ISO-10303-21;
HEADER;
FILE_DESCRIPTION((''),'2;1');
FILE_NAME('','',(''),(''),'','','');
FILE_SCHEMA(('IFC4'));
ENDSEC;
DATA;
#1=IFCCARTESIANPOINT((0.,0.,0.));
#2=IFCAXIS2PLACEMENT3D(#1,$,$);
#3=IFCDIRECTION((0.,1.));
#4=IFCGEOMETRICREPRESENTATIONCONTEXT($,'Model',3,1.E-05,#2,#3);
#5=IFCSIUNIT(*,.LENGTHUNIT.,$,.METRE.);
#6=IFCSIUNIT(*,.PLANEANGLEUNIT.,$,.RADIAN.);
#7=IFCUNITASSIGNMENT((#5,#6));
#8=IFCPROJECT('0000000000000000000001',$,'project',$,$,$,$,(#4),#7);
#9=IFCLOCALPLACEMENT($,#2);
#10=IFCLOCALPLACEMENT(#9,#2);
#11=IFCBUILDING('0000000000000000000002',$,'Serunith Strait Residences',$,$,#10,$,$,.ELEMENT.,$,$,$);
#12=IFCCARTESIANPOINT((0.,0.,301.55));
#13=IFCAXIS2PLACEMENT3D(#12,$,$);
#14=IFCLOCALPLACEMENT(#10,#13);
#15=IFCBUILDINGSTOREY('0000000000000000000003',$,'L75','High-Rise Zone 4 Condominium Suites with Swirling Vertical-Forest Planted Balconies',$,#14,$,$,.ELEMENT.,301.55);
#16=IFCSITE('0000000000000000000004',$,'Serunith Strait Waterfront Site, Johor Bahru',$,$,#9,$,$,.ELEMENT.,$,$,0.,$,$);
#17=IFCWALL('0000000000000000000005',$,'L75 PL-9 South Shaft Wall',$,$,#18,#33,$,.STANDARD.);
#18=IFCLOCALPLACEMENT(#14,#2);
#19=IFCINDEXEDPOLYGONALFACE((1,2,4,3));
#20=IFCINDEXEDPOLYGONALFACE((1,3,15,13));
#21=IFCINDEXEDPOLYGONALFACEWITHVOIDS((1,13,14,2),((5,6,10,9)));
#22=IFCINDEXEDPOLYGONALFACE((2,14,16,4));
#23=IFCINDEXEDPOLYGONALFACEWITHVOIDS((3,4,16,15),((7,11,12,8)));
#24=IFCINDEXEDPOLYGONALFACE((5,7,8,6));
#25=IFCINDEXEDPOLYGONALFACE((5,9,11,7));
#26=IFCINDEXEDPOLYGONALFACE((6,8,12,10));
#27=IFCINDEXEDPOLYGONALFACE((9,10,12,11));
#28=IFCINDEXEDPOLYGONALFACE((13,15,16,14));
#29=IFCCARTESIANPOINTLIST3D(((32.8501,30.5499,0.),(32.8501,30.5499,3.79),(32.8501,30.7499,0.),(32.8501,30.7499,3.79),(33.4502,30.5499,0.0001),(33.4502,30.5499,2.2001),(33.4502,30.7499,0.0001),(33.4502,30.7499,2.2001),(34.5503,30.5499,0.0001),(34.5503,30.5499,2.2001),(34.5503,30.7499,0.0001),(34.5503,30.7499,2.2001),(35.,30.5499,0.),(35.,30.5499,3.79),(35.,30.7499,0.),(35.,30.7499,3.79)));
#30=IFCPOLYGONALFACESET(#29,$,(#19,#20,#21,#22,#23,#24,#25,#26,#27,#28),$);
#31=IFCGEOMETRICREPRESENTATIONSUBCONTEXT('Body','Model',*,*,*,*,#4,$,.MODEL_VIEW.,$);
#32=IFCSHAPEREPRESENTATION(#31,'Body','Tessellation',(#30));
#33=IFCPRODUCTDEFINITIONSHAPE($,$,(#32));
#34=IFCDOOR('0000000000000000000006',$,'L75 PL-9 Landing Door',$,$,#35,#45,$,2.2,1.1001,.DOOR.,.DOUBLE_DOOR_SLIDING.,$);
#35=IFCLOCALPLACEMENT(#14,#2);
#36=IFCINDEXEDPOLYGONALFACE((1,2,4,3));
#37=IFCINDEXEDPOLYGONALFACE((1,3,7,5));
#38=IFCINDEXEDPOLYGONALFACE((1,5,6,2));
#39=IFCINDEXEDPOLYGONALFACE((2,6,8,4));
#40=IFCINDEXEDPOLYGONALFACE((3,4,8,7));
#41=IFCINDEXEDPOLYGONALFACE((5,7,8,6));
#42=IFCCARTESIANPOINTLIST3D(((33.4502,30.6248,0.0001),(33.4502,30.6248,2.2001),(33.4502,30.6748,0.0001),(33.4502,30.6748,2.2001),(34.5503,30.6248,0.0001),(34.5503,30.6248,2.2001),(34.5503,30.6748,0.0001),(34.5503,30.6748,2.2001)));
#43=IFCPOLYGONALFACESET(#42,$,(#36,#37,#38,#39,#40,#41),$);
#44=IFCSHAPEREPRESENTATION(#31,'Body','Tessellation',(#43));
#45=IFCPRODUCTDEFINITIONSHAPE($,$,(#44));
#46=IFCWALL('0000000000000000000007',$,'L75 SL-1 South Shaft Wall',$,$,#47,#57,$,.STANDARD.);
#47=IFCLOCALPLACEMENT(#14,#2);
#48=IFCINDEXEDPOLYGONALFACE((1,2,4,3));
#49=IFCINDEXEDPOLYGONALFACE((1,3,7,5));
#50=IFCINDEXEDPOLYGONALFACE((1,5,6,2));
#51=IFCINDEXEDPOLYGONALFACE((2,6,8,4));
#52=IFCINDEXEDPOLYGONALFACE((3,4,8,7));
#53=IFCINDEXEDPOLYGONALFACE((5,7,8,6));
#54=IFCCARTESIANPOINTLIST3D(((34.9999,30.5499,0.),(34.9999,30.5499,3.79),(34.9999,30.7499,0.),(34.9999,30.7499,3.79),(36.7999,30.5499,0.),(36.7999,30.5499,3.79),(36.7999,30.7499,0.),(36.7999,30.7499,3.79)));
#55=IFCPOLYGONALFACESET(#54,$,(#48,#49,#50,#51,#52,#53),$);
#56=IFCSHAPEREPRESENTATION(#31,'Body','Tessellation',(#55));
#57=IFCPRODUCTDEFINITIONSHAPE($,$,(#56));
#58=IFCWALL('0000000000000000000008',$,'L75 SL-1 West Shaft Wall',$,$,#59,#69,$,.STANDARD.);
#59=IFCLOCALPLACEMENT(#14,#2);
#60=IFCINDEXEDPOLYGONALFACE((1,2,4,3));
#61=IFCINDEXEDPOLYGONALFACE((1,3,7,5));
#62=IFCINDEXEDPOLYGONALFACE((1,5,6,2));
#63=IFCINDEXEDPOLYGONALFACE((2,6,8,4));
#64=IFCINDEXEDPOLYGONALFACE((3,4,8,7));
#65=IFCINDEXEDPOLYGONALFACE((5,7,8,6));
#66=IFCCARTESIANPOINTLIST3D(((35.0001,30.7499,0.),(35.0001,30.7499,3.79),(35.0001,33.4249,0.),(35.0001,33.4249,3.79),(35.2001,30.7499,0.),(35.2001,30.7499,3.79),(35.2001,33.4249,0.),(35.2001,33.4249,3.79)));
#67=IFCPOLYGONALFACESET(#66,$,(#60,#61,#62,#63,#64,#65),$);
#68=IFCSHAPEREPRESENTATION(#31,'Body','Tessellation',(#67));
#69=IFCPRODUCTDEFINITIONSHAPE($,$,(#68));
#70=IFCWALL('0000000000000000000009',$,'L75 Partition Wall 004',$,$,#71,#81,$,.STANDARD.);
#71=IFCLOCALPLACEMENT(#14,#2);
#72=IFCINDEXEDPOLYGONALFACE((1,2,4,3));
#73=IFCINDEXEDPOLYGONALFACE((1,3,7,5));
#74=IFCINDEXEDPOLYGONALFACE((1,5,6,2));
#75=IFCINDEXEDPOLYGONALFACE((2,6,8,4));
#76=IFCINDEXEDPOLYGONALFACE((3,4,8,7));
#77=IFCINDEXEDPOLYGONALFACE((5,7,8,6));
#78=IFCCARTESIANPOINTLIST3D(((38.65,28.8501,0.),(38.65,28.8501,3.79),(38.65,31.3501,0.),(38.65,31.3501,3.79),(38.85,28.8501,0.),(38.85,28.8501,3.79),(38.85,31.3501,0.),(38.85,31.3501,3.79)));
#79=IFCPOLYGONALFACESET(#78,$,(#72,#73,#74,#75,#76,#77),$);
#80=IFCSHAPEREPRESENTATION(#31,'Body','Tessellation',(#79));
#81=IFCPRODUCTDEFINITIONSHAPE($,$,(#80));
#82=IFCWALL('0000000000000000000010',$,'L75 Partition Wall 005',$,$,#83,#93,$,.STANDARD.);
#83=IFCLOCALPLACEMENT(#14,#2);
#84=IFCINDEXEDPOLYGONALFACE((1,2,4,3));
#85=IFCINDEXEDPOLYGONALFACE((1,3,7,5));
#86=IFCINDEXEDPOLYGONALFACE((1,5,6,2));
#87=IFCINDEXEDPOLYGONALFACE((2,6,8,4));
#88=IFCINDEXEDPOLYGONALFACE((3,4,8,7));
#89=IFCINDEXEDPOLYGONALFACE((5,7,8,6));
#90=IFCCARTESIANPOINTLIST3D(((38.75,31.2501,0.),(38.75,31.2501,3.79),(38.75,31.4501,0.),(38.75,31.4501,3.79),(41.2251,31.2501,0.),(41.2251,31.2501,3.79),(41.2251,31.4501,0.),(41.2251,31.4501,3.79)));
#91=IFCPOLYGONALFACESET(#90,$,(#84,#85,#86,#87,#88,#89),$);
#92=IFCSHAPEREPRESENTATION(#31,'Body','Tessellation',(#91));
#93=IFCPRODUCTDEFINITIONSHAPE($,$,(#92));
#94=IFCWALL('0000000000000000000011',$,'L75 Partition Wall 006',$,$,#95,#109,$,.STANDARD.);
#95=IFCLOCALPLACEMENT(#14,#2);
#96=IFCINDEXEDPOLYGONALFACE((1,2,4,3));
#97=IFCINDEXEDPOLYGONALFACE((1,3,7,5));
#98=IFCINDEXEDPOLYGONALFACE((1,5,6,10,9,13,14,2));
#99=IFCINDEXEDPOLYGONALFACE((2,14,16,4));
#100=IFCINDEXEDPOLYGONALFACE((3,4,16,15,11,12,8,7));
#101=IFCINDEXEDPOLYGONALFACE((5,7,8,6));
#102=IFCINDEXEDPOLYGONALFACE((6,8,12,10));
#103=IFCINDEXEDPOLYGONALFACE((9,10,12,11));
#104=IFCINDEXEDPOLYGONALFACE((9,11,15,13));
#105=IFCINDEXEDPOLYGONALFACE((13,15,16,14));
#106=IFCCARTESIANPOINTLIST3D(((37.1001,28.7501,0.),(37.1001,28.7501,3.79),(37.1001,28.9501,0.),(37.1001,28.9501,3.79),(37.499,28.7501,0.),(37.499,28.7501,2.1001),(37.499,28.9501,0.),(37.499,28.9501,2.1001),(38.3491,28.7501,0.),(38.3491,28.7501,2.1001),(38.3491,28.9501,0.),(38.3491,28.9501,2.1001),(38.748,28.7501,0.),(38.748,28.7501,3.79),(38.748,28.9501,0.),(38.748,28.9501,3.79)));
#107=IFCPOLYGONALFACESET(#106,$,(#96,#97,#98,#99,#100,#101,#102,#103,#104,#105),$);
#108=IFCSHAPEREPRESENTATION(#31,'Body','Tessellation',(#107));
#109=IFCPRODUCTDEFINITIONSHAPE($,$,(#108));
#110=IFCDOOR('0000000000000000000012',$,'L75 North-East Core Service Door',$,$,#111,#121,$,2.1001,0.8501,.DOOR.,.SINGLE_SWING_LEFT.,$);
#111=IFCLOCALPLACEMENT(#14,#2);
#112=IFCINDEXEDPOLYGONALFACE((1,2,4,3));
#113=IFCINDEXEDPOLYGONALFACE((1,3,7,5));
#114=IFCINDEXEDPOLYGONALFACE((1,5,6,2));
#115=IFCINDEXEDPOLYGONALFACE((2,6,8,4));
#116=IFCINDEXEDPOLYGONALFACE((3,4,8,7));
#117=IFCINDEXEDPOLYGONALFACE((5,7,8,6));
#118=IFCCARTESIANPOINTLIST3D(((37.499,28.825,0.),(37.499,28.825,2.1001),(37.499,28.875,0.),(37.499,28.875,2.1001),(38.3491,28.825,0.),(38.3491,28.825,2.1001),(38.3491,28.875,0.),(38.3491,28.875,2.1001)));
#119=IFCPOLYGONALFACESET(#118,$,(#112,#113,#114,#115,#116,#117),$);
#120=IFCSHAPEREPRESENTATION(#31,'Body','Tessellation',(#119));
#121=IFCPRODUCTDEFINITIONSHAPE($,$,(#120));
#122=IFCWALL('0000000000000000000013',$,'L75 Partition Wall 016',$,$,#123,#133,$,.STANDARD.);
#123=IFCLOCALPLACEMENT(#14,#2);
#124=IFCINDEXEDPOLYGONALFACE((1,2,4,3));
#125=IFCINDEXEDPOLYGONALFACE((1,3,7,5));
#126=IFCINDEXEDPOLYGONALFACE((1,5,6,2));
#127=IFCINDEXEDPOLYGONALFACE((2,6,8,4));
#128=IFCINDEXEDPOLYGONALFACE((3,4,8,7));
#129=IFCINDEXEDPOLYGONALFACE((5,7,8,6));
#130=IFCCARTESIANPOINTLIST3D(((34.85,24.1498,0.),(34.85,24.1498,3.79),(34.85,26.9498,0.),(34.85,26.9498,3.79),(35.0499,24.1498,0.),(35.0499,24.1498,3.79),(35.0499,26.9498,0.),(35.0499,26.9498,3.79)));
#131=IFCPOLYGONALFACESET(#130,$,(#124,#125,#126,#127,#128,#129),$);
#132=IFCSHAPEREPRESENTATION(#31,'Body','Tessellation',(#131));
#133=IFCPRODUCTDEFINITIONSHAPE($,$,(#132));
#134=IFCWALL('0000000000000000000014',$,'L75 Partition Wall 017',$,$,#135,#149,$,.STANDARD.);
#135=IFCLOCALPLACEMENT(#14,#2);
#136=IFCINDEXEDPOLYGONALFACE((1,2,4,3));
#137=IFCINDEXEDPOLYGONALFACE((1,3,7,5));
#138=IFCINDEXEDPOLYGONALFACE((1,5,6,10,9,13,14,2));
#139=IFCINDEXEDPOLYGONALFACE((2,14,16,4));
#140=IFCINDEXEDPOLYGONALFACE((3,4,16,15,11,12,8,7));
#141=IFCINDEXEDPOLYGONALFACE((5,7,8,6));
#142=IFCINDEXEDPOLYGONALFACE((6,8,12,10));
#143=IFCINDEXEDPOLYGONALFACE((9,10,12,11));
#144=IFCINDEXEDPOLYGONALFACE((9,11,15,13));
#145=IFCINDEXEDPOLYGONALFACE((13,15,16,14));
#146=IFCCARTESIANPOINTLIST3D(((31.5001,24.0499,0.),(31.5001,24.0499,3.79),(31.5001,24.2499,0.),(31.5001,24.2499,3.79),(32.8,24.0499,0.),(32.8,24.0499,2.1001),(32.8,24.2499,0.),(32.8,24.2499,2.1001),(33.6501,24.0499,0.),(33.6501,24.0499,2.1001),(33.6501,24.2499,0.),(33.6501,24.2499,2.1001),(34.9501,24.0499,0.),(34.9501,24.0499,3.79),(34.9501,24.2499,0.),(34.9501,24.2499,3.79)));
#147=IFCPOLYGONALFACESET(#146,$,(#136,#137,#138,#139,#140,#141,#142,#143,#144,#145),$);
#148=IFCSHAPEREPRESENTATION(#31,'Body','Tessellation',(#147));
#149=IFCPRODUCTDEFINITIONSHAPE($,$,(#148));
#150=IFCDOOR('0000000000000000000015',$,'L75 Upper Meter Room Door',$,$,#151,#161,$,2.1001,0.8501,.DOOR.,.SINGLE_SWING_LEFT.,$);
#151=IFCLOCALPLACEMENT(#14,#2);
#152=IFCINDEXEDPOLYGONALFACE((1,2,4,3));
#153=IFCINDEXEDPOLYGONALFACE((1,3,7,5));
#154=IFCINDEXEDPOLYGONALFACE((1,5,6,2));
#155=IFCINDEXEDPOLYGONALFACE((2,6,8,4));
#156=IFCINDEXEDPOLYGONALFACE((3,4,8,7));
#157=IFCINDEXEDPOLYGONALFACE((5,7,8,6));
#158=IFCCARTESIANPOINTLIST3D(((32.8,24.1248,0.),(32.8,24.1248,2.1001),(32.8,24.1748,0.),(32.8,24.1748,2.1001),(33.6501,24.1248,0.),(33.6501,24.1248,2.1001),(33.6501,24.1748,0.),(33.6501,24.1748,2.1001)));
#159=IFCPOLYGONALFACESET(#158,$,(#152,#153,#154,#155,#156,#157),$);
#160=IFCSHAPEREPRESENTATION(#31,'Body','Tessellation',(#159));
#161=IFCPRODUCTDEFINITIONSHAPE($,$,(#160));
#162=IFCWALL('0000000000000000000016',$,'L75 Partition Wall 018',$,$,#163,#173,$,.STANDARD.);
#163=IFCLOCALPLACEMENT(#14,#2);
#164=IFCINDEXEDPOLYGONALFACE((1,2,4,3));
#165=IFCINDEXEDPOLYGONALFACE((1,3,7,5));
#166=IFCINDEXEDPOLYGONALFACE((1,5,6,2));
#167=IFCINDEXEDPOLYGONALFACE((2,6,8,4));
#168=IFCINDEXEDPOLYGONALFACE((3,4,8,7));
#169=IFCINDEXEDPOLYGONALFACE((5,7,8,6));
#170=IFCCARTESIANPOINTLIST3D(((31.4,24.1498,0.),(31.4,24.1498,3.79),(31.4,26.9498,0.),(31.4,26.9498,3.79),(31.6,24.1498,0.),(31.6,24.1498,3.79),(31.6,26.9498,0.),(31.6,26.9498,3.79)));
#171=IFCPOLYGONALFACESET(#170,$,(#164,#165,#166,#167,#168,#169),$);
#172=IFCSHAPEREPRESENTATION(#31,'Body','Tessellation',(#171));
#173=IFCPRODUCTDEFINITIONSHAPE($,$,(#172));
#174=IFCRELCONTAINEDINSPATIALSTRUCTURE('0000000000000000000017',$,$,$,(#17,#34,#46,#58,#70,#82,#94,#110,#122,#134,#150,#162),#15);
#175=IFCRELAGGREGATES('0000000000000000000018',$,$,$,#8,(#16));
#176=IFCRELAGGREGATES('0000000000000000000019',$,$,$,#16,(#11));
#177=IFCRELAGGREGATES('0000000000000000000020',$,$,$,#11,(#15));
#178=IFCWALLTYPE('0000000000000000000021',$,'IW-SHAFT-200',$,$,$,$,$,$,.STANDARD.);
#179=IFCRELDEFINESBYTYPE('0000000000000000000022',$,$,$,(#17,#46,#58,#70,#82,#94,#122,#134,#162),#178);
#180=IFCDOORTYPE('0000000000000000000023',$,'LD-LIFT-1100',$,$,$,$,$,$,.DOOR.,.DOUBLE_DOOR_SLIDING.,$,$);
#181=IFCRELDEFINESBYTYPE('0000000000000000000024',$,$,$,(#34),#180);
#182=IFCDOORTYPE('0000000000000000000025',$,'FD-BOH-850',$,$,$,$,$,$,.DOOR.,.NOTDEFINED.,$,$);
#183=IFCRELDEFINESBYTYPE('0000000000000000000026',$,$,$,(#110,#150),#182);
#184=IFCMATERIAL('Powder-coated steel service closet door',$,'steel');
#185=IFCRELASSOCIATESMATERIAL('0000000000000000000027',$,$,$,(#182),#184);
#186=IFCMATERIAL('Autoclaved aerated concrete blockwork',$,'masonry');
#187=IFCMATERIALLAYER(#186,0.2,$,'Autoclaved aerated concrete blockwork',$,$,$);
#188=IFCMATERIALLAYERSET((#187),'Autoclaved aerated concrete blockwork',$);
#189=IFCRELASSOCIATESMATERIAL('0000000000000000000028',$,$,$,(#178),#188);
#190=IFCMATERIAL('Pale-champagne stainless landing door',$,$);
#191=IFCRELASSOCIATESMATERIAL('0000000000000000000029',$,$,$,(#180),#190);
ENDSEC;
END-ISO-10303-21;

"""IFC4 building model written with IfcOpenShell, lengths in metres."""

from ifc_helpers import new_model, si_unit, direction, frame, frame_2d, origin, place, context, subcontext, project, spatial, rectangle, extrude, source, transform, mapped, material, layer, layer_set, type_object, element, fill, save


model = new_model("IFC4")

# Units and contexts
model_context = context("Model", 3, precision=1e-05, world=origin(), true_north=direction((0.0, 1.0)))
body_context = subcontext(model_context, "Body", "Model", "MODEL_VIEW")
ifc_project = project(units=[si_unit("LENGTHUNIT", "METRE"), si_unit("PLANEANGLEUNIT", "RADIAN")], contexts=[model_context])

# Site, building, storey
site_placement = place(None, origin())
site = spatial("IfcSite", under=ifc_project, at=site_placement, Name="Serunith Strait Waterfront Site, Johor Bahru", CompositionType="ELEMENT", RefElevation=0.0)
building_placement = place(site_placement, origin())
building = spatial("IfcBuilding", under=site, at=building_placement, Name="Serunith Strait Residences", CompositionType="ELEMENT")
storey_placement = place(building_placement, frame((0.0, 0.0, 301.55)))
storey = spatial("IfcBuildingStorey", under=building, at=storey_placement, Name="L75", Description="High-Rise Zone 4 Condominium Suites with Swirling Vertical-Forest Planted Balconies", CompositionType="ELEMENT", Elevation=301.55)

# Wall, opening, door
ifc_material_1 = material(Name="Powder-coated steel service closet door", Category="steel")
door_type_1 = type_object("IfcDoorType", Name="FD-BOH-850", OperationType="NOTDEFINED", PredefinedType="DOOR", material=ifc_material_1)
shared_shape_1 = source(origin(), body_context, "Body", "SweptSolid", [
    extrude(rectangle(XDim=0.8501, YDim=2.1001, at=frame_2d((0.425, 1.05))), frame((0.0, 0.0249, 0.0), z_axis=(0.0, -1.0, 0.0), x_axis=(1.0, 0.0, 0.0)), (0.0, 0.0, 1.0), 0.05),
])
ifc_material_2 = material(Name="Autoclaved aerated concrete blockwork", Category="masonry")
ifc_layer_1 = layer(ifc_material_2, 0.2, Name="Autoclaved aerated concrete blockwork")
ifc_layer_set_1 = layer_set([ifc_layer_1], Name="Autoclaved aerated concrete blockwork")
wall_type_1 = type_object("IfcWallType", Name="IW-SHAFT-200", PredefinedType="STANDARD", material=ifc_layer_set_1)
wall_1_placement = place(storey_placement, frame((32.8501, 30.6499, 0.0), z_axis=(0.0, 0.0, 1.0), x_axis=(1.0, 0.0, 0.0)))
wall_1 = element("IfcWall", 1, at=wall_1_placement, inside=storey, type_object=wall_type_1, Name="L75 PL-9 South Shaft Wall", PredefinedType="STANDARD", context=body_context, shape_type="SweptSolid", body=[
    extrude(rectangle(XDim=2.1499, YDim=0.2, at=frame_2d((1.075, 0.0))), origin(), (0.0, 0.0, 1.0), 3.79),
])
opening_1_placement = place(wall_1_placement, frame((0.6001, 0.0, 0.0)))
opening_1 = element("IfcOpeningElement", 2, at=opening_1_placement, cuts=wall_1, PredefinedType="OPENING", context=body_context, shape_type="SweptSolid", body=[
    extrude(rectangle(XDim=1.1001, YDim=2.2, at=frame_2d((0.55, 1.1001))), frame((0.0, 0.1099, 0.0), z_axis=(0.0, -1.0, 0.0), x_axis=(1.0, 0.0, 0.0)), (0.0, 0.0, 1.0), 0.22),
])
ifc_material_3 = material(Name="Pale-champagne stainless landing door")
door_type_2 = type_object("IfcDoorType", Name="LD-LIFT-1100", OperationType="DOUBLE_DOOR_SLIDING", PredefinedType="DOOR", material=ifc_material_3)
shared_shape_2 = source(origin(), body_context, "Body", "SweptSolid", [
    extrude(rectangle(XDim=1.1001, YDim=2.2, at=frame_2d((0.55, 1.1001))), frame((0.0, 0.0249, 0.0), z_axis=(0.0, -1.0, 0.0), x_axis=(1.0, 0.0, 0.0)), (0.0, 0.0, 1.0), 0.05),
])
door_1_placement = place(opening_1_placement, origin())
door_1 = element("IfcDoor", 3, at=door_1_placement, inside=storey, type_object=door_type_2, Name="L75 PL-9 Landing Door", OperationType="DOUBLE_DOOR_SLIDING", OverallHeight=2.2, OverallWidth=1.1001, PredefinedType="DOOR", context=body_context, shape_type="MappedRepresentation", body=[
    mapped(shared_shape_2, transform((0.0, 0.0, 0.0), scale=1.0)),
])
fill(opening_1, door_1)

# Walls
wall_2_placement = place(storey_placement, frame((35.0, 30.6499, 0.0), z_axis=(0.0, 0.0, 1.0), x_axis=(1.0, 0.0, 0.0)))
element("IfcWall", 4, at=wall_2_placement, inside=storey, type_object=wall_type_1, Name="L75 SL-1 South Shaft Wall", PredefinedType="STANDARD", context=body_context, shape_type="SweptSolid", body=[
    extrude(rectangle(XDim=1.8, YDim=0.2, at=frame_2d((0.8999, 0.0))), origin(), (0.0, 0.0, 1.0), 3.79),
])
wall_3_placement = place(storey_placement, frame((35.1001, 30.75, 0.0), z_axis=(0.0, 0.0, 1.0), x_axis=(0.0, 1.0, 0.0)))
element("IfcWall", 5, at=wall_3_placement, inside=storey, type_object=wall_type_1, Name="L75 SL-1 West Shaft Wall", PredefinedType="STANDARD", context=body_context, shape_type="SweptSolid", body=[
    extrude(rectangle(XDim=2.675, YDim=0.2, at=frame_2d((1.3374, 0.0))), origin(), (0.0, 0.0, 1.0), 3.79),
])
wall_4_placement = place(storey_placement, frame((38.75, 28.8501, 0.0), z_axis=(0.0, 0.0, 1.0), x_axis=(0.0, 1.0, 0.0)))
element("IfcWall", 6, at=wall_4_placement, inside=storey, type_object=wall_type_1, Name="L75 Partition Wall 004", PredefinedType="STANDARD", context=body_context, shape_type="SweptSolid", body=[
    extrude(rectangle(XDim=2.5, YDim=0.2, at=frame_2d((1.25, 0.0))), origin(), (0.0, 0.0, 1.0), 3.79),
])
wall_5_placement = place(storey_placement, frame((38.75, 31.3501, 0.0), z_axis=(0.0, 0.0, 1.0), x_axis=(1.0, 0.0, 0.0)))
element("IfcWall", 7, at=wall_5_placement, inside=storey, type_object=wall_type_1, Name="L75 Partition Wall 005", PredefinedType="STANDARD", context=body_context, shape_type="SweptSolid", body=[
    extrude(rectangle(XDim=2.4751, YDim=0.2, at=frame_2d((1.2375, 0.0))), origin(), (0.0, 0.0, 1.0), 3.79),
])

# Wall, opening, door
wall_6_placement = place(storey_placement, frame((37.1001, 28.8501, 0.0), z_axis=(0.0, 0.0, 1.0), x_axis=(1.0, 0.0, 0.0)))
wall_6 = element("IfcWall", 8, at=wall_6_placement, inside=storey, type_object=wall_type_1, Name="L75 Partition Wall 006", PredefinedType="STANDARD", context=body_context, shape_type="SweptSolid", body=[
    extrude(rectangle(XDim=1.6479, YDim=0.2, at=frame_2d((0.824, 0.0))), origin(), (0.0, 0.0, 1.0), 3.79),
])
opening_2_placement = place(wall_6_placement, frame((0.3989, 0.0, 0.0)))
opening_2 = element("IfcOpeningElement", 9, at=opening_2_placement, cuts=wall_6, PredefinedType="OPENING", context=body_context, shape_type="SweptSolid", body=[
    extrude(rectangle(XDim=0.8501, YDim=2.1001, at=frame_2d((0.425, 1.05))), frame((0.0, 0.1099, 0.0), z_axis=(0.0, -1.0, 0.0), x_axis=(1.0, 0.0, 0.0)), (0.0, 0.0, 1.0), 0.22),
])
door_2_placement = place(opening_2_placement, origin())
door_2 = element("IfcDoor", 10, at=door_2_placement, inside=storey, type_object=door_type_1, Name="L75 North-East Core Service Door", OperationType="SINGLE_SWING_LEFT", OverallHeight=2.1001, OverallWidth=0.8501, PredefinedType="DOOR", context=body_context, shape_type="MappedRepresentation", body=[
    mapped(shared_shape_1, transform((0.0, 0.0, 0.0), scale=1.0)),
])
fill(opening_2, door_2)

# Wall
wall_7_placement = place(storey_placement, frame((34.95, 24.1499, 0.0), z_axis=(0.0, 0.0, 1.0), x_axis=(0.0, 1.0, 0.0)))
element("IfcWall", 11, at=wall_7_placement, inside=storey, type_object=wall_type_1, Name="L75 Partition Wall 016", PredefinedType="STANDARD", context=body_context, shape_type="SweptSolid", body=[
    extrude(rectangle(XDim=2.8, YDim=0.2, at=frame_2d((1.3999, 0.0))), origin(), (0.0, 0.0, 1.0), 3.79),
])

# Wall, opening, door
wall_8_placement = place(storey_placement, frame((31.5, 24.1499, 0.0), z_axis=(0.0, 0.0, 1.0), x_axis=(1.0, 0.0, 0.0)))
wall_8 = element("IfcWall", 12, at=wall_8_placement, inside=storey, type_object=wall_type_1, Name="L75 Partition Wall 017", PredefinedType="STANDARD", context=body_context, shape_type="SweptSolid", body=[
    extrude(rectangle(XDim=3.45, YDim=0.2, at=frame_2d((1.7251, 0.0))), origin(), (0.0, 0.0, 1.0), 3.79),
])
opening_3_placement = place(wall_8_placement, frame((1.3, 0.0, 0.0)))
opening_3 = element("IfcOpeningElement", 13, at=opening_3_placement, cuts=wall_8, PredefinedType="OPENING", context=body_context, shape_type="SweptSolid", body=[
    extrude(rectangle(XDim=0.8501, YDim=2.1001, at=frame_2d((0.425, 1.05))), frame((0.0, 0.1099, 0.0), z_axis=(0.0, -1.0, 0.0), x_axis=(1.0, 0.0, 0.0)), (0.0, 0.0, 1.0), 0.22),
])
door_3_placement = place(opening_3_placement, origin())
door_3 = element("IfcDoor", 14, at=door_3_placement, inside=storey, type_object=door_type_1, Name="L75 Upper Meter Room Door", OperationType="SINGLE_SWING_LEFT", OverallHeight=2.1001, OverallWidth=0.8501, PredefinedType="DOOR", context=body_context, shape_type="MappedRepresentation", body=[
    mapped(shared_shape_1, transform((0.0, 0.0, 0.0), scale=1.0)),
])
fill(opening_3, door_3)

# Wall
wall_9_placement = place(storey_placement, frame((31.5, 24.1499, 0.0), z_axis=(0.0, 0.0, 1.0), x_axis=(0.0, 1.0, 0.0)))
element("IfcWall", 15, at=wall_9_placement, inside=storey, type_object=wall_type_1, Name="L75 Partition Wall 018", PredefinedType="STANDARD", context=body_context, shape_type="SweptSolid", body=[
    extrude(rectangle(XDim=2.8, YDim=0.2, at=frame_2d((1.3999, 0.0))), origin(), (0.0, 0.0, 1.0), 3.79),
])

save(model, "model.ifc")
